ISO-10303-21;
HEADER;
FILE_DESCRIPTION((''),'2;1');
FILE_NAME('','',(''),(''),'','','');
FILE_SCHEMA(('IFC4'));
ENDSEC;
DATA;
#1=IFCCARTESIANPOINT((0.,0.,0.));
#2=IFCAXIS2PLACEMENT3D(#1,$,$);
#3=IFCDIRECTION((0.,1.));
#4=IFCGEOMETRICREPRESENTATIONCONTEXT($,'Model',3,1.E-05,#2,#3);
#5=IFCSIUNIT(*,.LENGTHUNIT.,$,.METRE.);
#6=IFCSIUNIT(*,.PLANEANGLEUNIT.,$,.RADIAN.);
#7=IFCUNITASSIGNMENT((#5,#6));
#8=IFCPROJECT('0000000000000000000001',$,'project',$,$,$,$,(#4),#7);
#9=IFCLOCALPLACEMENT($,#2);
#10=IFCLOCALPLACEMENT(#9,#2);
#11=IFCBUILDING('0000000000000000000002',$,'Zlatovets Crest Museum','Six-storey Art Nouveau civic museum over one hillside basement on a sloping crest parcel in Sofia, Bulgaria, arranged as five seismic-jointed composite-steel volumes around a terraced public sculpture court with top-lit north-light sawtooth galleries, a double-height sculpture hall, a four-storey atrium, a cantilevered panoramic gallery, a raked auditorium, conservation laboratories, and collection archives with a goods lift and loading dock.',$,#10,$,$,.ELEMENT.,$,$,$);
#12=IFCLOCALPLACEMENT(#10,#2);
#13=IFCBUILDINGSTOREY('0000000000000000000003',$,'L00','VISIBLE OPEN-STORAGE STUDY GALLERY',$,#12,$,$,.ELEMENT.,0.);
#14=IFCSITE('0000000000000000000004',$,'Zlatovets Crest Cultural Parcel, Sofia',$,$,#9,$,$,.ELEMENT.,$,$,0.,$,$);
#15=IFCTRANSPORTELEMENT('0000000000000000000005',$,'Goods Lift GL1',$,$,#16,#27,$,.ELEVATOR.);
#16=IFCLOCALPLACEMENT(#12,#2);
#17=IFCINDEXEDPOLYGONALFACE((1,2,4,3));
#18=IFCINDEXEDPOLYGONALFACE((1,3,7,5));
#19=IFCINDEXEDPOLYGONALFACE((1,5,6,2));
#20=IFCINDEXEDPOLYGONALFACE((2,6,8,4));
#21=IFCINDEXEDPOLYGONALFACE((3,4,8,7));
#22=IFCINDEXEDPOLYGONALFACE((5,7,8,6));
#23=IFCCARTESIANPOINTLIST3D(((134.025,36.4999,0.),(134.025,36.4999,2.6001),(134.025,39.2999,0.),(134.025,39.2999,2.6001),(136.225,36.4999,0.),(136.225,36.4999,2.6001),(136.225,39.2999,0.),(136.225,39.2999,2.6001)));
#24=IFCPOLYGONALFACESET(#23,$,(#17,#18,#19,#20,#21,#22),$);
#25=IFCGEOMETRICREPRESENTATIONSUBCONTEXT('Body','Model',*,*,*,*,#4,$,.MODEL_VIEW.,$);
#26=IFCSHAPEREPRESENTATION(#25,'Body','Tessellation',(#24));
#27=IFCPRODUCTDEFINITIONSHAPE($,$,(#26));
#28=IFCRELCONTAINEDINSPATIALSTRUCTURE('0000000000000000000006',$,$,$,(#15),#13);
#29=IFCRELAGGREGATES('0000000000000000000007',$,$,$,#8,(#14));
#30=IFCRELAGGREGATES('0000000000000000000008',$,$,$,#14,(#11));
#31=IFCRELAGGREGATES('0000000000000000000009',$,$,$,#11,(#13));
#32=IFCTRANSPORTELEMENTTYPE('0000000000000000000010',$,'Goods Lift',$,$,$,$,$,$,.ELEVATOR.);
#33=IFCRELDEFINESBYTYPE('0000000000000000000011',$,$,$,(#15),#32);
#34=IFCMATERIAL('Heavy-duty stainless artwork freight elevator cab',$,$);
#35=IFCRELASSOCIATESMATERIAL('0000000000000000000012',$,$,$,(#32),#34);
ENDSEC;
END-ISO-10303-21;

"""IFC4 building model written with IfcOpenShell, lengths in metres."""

from ifc_helpers import new_model, si_unit, direction, frame, origin, origin_2d, place, context, subcontext, project, spatial, rectangle, extrude, material, type_object, element, save


model = new_model("IFC4")

# Units and contexts
model_context = context("Model", 3, precision=1e-05, world=origin(), true_north=direction((0.0, 1.0)))
body_context = subcontext(model_context, "Body", "Model", "MODEL_VIEW")
ifc_project = project(units=[si_unit("LENGTHUNIT", "METRE"), si_unit("PLANEANGLEUNIT", "RADIAN")], contexts=[model_context])

# Site, building, storey
site_placement = place(None, origin())
site = spatial("IfcSite", under=ifc_project, at=site_placement, Name="Zlatovets Crest Cultural Parcel, Sofia", CompositionType="ELEMENT", RefElevation=0.0)
building_placement = place(site_placement, origin())
building = spatial("IfcBuilding", under=site, at=building_placement, Name="Zlatovets Crest Museum", Description="Six-storey Art Nouveau civic museum over one hillside basement on a sloping crest parcel in Sofia, Bulgaria, arranged as five seismic-jointed composite-steel volumes around a terraced public sculpture court with top-lit north-light sawtooth galleries, a double-height sculpture hall, a four-storey atrium, a cantilevered panoramic gallery, a raked auditorium, conservation laboratories, and collection archives with a goods lift and loading dock.", CompositionType="ELEMENT")
storey_placement = place(building_placement, origin())
storey = spatial("IfcBuildingStorey", under=building, at=storey_placement, Name="L00", Description="VISIBLE OPEN-STORAGE STUDY GALLERY", CompositionType="ELEMENT", Elevation=0.0)

# Transport element
ifc_material_1 = material(Name="Heavy-duty stainless artwork freight elevator cab")
transport_element_type = type_object("IfcTransportElementType", Name="Goods Lift", PredefinedType="ELEVATOR", material=ifc_material_1)
transport_element_placement = place(storey_placement, frame((135.125, 37.8999, 0.0), z_axis=(0.0, 0.0, 1.0), x_axis=(1.0, 0.0, 0.0)))
element("IfcTransportElement", 1, at=transport_element_placement, inside=storey, type_object=transport_element_type, Name="Goods Lift GL1", PredefinedType="ELEVATOR", context=body_context, shape_type="SweptSolid", body=[
    extrude(rectangle(XDim=2.2, YDim=2.8, at=origin_2d()), origin(), (0.0, 0.0, 1.0), 2.6001),
])

save(model, "model.ifc")
